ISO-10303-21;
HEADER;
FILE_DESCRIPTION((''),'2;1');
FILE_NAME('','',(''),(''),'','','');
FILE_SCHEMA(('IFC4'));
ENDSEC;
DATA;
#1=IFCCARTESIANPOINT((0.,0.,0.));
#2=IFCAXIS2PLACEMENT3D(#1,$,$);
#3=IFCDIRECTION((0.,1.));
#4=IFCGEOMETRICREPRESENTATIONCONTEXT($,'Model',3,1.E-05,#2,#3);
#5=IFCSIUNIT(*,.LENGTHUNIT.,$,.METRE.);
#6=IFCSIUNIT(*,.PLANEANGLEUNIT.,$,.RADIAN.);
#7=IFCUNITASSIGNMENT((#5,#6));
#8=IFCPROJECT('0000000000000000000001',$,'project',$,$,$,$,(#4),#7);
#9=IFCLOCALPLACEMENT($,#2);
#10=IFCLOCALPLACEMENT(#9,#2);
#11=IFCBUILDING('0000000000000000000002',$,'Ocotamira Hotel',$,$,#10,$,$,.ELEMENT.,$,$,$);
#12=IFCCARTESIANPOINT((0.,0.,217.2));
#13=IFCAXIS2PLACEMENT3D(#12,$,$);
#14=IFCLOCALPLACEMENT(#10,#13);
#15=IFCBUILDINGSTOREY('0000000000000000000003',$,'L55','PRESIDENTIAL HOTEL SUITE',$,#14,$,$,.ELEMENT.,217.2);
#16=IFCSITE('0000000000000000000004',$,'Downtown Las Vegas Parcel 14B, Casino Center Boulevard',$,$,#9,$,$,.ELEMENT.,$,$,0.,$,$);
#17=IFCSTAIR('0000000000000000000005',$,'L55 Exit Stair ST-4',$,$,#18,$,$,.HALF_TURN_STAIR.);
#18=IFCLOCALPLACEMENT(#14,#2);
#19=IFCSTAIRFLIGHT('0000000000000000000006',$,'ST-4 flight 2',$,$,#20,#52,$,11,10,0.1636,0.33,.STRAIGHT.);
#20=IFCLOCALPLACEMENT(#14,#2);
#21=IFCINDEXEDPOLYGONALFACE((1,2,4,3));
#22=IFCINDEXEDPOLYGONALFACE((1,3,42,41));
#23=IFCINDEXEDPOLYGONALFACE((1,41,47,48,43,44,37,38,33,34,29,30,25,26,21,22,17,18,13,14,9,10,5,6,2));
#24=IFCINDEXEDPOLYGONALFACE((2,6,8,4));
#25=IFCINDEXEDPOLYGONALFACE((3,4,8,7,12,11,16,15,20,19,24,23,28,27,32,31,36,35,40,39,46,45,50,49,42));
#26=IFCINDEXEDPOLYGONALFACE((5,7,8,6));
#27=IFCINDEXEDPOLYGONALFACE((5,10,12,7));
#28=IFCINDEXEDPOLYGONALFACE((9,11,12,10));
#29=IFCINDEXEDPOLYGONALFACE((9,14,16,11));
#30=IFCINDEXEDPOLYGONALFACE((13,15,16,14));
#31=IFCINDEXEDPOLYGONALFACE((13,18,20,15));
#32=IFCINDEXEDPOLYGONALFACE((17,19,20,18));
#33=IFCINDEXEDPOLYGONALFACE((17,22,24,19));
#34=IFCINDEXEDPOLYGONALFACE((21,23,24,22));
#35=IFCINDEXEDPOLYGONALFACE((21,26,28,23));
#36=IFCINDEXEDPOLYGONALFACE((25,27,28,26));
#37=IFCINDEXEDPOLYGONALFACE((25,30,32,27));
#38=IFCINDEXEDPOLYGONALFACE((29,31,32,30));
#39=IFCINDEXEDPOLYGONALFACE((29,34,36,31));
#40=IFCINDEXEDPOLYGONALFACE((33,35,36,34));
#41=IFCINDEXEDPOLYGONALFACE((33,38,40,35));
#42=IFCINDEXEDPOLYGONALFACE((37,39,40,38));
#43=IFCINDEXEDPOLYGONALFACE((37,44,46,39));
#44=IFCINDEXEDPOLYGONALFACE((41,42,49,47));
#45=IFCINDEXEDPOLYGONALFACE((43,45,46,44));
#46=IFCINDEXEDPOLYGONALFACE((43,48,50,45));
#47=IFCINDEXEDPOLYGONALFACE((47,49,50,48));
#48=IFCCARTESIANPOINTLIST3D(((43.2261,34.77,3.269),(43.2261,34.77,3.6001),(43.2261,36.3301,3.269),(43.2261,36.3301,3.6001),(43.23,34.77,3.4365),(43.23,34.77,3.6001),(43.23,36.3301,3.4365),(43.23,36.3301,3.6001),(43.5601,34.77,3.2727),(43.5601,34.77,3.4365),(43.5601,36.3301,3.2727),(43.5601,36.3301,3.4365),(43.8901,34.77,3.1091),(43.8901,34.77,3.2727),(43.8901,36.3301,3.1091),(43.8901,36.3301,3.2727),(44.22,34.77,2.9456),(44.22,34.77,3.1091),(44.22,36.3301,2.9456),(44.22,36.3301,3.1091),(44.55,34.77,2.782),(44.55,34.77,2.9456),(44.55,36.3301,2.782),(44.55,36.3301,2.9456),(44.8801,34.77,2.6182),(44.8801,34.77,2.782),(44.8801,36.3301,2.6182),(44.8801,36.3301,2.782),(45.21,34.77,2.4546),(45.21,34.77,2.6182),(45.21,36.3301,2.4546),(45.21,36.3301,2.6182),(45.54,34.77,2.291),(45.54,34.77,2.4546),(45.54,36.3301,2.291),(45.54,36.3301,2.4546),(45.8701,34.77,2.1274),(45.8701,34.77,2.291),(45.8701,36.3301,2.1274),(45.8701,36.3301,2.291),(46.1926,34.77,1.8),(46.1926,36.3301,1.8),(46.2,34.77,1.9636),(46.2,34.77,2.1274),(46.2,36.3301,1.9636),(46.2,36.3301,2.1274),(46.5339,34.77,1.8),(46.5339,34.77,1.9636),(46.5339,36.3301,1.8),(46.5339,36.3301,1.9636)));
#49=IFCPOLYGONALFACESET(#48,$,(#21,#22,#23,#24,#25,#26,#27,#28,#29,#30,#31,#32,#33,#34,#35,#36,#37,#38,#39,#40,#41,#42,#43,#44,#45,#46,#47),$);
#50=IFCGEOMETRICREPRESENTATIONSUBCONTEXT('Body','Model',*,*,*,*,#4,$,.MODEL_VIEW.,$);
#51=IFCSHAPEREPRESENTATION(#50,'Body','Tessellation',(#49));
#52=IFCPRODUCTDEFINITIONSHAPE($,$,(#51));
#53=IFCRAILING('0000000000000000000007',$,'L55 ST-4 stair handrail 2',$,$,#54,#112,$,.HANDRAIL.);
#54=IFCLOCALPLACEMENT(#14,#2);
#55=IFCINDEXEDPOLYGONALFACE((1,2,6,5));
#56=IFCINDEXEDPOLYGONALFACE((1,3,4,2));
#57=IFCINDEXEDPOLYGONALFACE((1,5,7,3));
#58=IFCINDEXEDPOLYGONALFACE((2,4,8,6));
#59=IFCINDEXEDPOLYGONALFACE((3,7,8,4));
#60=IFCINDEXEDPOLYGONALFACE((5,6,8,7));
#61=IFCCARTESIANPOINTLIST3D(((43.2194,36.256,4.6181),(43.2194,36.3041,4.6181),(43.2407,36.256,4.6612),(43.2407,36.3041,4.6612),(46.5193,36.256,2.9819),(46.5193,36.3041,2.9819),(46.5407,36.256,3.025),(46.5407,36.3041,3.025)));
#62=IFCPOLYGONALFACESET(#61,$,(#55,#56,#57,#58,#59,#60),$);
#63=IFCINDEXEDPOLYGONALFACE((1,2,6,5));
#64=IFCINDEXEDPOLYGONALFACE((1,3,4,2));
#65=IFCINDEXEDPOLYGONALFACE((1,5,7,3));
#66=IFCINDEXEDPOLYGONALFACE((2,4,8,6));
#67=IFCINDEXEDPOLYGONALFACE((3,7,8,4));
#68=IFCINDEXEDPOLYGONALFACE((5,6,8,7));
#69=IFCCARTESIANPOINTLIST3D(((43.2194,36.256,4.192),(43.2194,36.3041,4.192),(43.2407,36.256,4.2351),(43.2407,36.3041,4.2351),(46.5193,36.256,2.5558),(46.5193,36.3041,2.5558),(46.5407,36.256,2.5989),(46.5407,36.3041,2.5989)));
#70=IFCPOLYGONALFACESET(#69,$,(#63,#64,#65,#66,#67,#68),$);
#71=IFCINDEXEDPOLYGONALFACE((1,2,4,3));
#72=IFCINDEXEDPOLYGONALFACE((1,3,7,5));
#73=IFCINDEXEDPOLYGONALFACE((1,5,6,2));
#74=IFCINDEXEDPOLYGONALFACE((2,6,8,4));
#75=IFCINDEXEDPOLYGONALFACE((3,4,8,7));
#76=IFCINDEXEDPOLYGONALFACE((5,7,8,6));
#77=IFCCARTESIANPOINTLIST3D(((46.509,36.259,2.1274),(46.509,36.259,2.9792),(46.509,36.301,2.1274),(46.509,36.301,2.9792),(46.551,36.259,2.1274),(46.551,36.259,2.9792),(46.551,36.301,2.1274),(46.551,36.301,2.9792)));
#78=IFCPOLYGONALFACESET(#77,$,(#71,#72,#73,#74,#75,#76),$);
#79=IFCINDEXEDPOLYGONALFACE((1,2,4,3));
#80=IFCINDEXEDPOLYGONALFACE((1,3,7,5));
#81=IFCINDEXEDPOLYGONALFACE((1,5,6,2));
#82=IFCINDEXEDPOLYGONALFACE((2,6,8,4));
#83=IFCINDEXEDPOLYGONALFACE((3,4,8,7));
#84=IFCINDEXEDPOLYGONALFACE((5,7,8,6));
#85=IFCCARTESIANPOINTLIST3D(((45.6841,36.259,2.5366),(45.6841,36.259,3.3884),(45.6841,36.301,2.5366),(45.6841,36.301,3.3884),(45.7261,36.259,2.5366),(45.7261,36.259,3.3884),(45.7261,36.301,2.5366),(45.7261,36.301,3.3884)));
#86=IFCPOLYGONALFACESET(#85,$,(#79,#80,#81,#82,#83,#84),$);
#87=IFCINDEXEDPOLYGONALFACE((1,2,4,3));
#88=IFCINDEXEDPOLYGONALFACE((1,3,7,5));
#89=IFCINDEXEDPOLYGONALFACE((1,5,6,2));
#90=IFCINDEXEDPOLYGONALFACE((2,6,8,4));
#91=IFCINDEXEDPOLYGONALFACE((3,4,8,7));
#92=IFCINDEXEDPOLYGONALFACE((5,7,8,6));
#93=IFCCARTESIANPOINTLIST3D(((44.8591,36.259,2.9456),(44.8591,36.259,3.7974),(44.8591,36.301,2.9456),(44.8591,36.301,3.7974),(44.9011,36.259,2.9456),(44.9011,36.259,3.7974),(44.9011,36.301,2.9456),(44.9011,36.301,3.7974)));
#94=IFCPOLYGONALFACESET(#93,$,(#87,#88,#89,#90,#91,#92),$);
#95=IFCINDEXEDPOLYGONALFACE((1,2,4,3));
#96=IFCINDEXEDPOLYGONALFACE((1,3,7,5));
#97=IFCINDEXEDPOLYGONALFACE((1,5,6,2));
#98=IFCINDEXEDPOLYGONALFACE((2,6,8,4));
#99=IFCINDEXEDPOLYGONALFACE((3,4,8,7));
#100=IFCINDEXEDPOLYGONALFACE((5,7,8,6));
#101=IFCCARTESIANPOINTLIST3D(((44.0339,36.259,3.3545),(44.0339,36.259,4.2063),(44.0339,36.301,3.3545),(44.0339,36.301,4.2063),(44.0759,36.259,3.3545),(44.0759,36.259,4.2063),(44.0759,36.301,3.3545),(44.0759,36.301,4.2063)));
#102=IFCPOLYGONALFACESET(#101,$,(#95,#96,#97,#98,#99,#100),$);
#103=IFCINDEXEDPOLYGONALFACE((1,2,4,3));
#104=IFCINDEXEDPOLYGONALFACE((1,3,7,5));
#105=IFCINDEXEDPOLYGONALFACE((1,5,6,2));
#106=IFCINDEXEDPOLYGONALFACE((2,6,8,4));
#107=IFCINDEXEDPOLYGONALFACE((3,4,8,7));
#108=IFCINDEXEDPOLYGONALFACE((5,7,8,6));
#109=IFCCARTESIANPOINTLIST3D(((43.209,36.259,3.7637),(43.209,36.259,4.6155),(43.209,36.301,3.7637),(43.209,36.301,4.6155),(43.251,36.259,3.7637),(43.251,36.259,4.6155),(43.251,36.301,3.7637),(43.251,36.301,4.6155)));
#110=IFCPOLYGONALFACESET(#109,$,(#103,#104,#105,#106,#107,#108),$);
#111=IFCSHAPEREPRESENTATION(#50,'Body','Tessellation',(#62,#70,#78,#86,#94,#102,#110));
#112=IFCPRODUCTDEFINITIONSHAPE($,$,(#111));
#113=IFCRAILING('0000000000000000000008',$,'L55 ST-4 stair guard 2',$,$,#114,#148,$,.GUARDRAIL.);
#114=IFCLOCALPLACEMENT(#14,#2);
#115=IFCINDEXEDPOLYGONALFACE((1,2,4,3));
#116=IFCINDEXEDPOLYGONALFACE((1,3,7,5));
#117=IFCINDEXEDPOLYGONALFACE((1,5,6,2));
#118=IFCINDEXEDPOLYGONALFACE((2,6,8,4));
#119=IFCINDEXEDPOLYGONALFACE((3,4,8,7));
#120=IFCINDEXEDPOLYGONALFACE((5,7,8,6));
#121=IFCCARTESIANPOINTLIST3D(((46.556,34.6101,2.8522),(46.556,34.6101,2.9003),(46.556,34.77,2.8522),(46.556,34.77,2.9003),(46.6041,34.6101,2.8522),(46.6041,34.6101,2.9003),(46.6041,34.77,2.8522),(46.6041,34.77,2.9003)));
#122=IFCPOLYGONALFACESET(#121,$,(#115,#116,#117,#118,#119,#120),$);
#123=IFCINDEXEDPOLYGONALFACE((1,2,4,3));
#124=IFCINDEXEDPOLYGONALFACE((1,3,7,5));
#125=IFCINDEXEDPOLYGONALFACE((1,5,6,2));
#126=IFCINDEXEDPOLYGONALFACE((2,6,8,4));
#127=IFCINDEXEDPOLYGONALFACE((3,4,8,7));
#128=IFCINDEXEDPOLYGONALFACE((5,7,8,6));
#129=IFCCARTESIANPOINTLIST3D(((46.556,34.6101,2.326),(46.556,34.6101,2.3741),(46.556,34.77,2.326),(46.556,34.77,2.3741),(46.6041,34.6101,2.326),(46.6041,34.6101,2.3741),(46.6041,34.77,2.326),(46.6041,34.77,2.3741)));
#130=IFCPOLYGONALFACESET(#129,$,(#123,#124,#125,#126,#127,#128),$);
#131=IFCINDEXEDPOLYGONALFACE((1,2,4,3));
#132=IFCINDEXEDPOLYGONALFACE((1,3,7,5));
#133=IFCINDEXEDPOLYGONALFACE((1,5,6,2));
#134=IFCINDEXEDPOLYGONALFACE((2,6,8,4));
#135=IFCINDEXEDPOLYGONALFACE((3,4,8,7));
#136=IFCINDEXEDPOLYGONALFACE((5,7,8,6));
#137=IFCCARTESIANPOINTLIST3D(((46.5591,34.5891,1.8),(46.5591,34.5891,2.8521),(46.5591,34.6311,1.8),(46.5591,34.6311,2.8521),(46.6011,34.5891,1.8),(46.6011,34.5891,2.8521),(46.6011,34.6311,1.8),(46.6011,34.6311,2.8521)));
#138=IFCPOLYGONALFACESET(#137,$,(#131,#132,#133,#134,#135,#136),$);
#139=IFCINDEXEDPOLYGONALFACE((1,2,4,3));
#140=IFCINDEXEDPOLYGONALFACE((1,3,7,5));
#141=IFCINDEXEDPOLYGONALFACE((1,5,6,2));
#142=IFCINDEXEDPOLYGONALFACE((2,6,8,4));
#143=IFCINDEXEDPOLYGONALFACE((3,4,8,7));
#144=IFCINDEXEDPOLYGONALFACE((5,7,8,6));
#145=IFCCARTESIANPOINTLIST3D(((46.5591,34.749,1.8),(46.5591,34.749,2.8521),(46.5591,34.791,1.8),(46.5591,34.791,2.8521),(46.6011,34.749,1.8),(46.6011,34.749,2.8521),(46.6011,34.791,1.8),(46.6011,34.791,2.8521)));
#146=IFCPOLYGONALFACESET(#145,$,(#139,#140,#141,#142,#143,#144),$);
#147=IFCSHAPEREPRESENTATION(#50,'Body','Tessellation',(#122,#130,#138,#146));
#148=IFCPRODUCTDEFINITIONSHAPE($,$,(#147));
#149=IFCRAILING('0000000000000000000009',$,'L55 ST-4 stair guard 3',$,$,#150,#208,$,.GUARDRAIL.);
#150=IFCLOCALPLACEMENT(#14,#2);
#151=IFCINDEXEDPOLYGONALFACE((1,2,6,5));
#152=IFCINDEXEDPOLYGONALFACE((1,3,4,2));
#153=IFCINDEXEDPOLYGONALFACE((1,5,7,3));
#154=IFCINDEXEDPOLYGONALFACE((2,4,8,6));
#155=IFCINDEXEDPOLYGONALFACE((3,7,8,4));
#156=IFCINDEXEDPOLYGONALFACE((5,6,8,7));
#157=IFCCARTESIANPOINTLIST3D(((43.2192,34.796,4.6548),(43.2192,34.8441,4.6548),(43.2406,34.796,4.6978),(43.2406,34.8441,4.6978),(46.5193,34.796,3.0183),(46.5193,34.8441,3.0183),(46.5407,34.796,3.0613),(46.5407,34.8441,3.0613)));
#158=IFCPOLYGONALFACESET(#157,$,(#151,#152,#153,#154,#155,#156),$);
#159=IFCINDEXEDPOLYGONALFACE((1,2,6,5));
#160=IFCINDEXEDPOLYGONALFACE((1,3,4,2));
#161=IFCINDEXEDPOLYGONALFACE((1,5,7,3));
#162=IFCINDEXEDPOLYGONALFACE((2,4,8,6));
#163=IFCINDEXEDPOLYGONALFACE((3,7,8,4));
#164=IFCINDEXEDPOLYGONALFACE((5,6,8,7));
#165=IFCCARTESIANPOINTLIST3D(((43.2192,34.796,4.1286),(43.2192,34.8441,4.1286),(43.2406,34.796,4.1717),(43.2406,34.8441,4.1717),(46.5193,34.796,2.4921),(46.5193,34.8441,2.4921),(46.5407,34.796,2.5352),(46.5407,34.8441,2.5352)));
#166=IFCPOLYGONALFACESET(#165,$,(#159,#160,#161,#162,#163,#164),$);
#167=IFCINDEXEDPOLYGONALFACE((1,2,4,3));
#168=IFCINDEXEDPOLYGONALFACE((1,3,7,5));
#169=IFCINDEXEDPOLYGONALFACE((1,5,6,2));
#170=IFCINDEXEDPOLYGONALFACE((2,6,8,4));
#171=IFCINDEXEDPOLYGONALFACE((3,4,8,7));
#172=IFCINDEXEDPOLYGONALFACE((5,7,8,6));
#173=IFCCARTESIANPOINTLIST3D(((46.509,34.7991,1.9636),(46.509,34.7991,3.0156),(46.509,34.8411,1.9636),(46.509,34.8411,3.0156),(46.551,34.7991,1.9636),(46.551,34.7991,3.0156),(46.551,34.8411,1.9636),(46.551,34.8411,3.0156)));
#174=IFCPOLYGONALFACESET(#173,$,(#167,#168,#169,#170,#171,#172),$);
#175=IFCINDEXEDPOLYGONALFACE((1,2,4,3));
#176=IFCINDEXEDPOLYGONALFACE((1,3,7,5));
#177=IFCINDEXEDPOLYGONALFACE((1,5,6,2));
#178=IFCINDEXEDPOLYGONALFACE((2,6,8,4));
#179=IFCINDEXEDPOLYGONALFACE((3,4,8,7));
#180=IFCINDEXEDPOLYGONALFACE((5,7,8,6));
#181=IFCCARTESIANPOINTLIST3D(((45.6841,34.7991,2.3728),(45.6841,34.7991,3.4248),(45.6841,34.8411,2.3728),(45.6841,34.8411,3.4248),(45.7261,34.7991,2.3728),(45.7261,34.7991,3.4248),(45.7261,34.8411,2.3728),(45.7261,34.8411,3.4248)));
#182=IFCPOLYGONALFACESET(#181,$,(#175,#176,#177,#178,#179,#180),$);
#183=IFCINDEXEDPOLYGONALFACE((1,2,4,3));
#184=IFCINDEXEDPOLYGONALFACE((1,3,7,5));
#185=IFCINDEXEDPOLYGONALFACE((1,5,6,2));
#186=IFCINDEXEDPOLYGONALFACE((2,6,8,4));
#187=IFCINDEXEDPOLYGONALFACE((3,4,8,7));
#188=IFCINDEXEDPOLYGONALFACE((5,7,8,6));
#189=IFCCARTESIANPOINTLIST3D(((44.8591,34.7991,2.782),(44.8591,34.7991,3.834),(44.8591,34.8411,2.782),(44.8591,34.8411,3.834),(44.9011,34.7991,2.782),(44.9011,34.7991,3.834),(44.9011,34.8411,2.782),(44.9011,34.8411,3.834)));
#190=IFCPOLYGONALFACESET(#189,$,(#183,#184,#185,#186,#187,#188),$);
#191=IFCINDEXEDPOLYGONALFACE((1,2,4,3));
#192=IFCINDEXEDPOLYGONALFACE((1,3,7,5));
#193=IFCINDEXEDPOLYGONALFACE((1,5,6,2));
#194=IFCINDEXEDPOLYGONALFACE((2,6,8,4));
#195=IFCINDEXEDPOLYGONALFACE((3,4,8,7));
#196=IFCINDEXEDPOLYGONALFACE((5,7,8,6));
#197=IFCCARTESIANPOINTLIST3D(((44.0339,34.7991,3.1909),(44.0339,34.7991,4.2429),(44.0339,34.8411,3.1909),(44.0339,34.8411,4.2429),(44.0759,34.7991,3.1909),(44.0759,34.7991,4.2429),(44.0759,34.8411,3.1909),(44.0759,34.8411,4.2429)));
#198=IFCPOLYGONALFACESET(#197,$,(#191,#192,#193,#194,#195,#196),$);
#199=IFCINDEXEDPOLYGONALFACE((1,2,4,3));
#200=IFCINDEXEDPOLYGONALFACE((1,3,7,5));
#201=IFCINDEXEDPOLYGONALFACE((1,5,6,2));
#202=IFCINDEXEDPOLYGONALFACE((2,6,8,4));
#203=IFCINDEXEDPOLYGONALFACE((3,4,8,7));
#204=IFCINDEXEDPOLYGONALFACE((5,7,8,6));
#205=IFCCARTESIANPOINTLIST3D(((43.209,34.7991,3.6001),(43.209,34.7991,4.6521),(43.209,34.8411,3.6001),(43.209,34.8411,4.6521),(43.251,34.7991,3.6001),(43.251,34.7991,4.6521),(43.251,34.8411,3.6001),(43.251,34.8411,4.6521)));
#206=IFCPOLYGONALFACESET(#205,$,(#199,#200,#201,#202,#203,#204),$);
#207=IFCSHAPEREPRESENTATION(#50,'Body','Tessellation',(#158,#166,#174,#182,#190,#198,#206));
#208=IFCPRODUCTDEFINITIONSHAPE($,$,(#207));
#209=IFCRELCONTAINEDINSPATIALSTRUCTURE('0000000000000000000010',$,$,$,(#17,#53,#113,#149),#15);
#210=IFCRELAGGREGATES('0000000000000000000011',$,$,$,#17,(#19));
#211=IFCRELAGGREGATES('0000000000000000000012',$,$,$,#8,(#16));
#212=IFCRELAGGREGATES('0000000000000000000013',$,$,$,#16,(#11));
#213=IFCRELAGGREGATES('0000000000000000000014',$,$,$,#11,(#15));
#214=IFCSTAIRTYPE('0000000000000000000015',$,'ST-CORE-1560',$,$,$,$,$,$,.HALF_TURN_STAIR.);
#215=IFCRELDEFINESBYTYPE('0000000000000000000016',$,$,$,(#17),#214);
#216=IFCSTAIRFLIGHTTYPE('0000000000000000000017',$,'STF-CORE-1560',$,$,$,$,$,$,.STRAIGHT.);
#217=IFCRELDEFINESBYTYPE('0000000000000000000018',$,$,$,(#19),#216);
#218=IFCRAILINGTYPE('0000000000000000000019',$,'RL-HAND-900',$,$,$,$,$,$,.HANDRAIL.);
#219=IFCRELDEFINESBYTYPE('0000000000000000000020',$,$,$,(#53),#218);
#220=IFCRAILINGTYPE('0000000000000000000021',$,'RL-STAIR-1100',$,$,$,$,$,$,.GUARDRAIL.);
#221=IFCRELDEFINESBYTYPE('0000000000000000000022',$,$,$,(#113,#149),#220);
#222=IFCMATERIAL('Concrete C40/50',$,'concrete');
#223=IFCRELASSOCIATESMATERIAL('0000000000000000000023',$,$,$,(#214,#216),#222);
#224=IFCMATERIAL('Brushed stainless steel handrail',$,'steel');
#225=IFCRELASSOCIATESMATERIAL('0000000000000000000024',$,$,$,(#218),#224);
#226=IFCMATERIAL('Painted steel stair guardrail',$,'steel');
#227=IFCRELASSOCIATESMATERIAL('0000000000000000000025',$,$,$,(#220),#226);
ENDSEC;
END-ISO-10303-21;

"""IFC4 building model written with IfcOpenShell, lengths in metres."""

from ifc_helpers import new_model, si_unit, direction, frame, origin, origin_2d, place, context, subcontext, project, spatial, polyline, rectangle, outline, extrude, source, transform, mapped, material, type_object, element, aggregate, save


model = new_model("IFC4")

# Units and contexts
model_context = context("Model", 3, precision=1e-05, world=origin(), true_north=direction((0.0, 1.0)))
body_context = subcontext(model_context, "Body", "Model", "MODEL_VIEW")
ifc_project = project(units=[si_unit("LENGTHUNIT", "METRE"), si_unit("PLANEANGLEUNIT", "RADIAN")], contexts=[model_context])

# Site, building, storey
site_placement = place(None, origin())
site = spatial("IfcSite", under=ifc_project, at=site_placement, Name="Downtown Las Vegas Parcel 14B, Casino Center Boulevard", CompositionType="ELEMENT", RefElevation=0.0)
building_placement = place(site_placement, origin())
building = spatial("IfcBuilding", under=site, at=building_placement, Name="Ocotamira Hotel", CompositionType="ELEMENT")
storey_placement = place(building_placement, frame((0.0, 0.0, 217.2)))
storey = spatial("IfcBuildingStorey", under=building, at=storey_placement, Name="L55", Description="PRESIDENTIAL HOTEL SUITE", CompositionType="ELEMENT", Elevation=217.2)

# Stair, stair flight
ifc_material_1 = material(Name="Concrete C40/50", Category="concrete")
stair_type = type_object("IfcStairType", Name="ST-CORE-1560", PredefinedType="HALF_TURN_STAIR", material=ifc_material_1)
stair_placement = place(storey_placement, origin())
stair = element("IfcStair", 1, at=stair_placement, inside=storey, type_object=stair_type, Name="L55 Exit Stair ST-4", PredefinedType="HALF_TURN_STAIR")
stair_flight_type = type_object("IfcStairFlightType", Name="STF-CORE-1560", PredefinedType="STRAIGHT", material=ifc_material_1)
shared_shape_1 = source(origin(), body_context, "Body", "SweptSolid", [
    extrude(outline(polyline([(-0.0039, 0.0), (-0.0039, 0.1636), (0.3301, 0.1636), (0.3301, 0.3274), (0.6599, 0.3274), (0.6599, 0.491), (0.99, 0.491), (0.99, 0.6545), (1.3201, 0.6545), (1.3201, 0.8181), (1.6499, 0.8181), (1.6499, 0.9819), (1.98, 0.9819), (1.98, 1.1455), (2.3101, 1.1455), (2.3101, 1.3091), (2.6399, 1.3091), (2.6399, 1.4727), (2.97, 1.4727), (2.97, 1.6365), (3.3, 1.6365), (3.3, 1.8), (3.304, 1.8), (3.304, 1.469), (0.3374, 0.0), (-0.0039, 0.0)])), frame((0.0, 0.78, 0.0), z_axis=(0.0, -1.0, 0.0), x_axis=(1.0, 0.0, 0.0)), (0.0, 0.0, 1.0), 1.5601),
])
stair_flight_placement = place(storey_placement, frame((46.53, 35.55, 1.8), z_axis=(0.0, 0.0, 1.0), x_axis=(-1.0, 0.0, 0.0)))
stair_flight = element("IfcStairFlight", 2, at=stair_flight_placement, type_object=stair_flight_type, Name="ST-4 flight 2", NumberOfRisers=11, NumberOfTreads=10, PredefinedType="STRAIGHT", RiserHeight=0.1636, TreadLength=0.33, context=body_context, shape_type="MappedRepresentation", body=[
    mapped(shared_shape_1, transform((0.0, 0.0, 0.0), scale=1.0)),
])
aggregate(stair, [stair_flight])

# Railings
ifc_material_2 = material(Name="Brushed stainless steel handrail", Category="steel")
railing_type_1 = type_object("IfcRailingType", Name="RL-HAND-900", PredefinedType="HANDRAIL", material=ifc_material_2)
railing_1_placement = place(storey_placement, frame((46.53, 36.28, 2.1274)))
element("IfcRailing", 3, at=railing_1_placement, inside=storey, type_object=railing_type_1, Name="L55 ST-4 stair handrail 2", PredefinedType="HANDRAIL", context=body_context, shape_type="SweptSolid", body=[
    extrude(rectangle(XDim=0.0481, YDim=0.0481, at=origin_2d()), frame((0.0, 0.0, 0.876), z_axis=(-0.89592, 0.0, 0.444215), x_axis=(0.0, -1.0, 0.0)), (0.0, 0.0, 1.0), 3.6833),
    extrude(rectangle(XDim=0.0481, YDim=0.0481, at=origin_2d()), frame((0.0, 0.0, 0.45), z_axis=(-0.89592, 0.0, 0.444215), x_axis=(0.0, -1.0, 0.0)), (0.0, 0.0, 1.0), 3.6833),
    extrude(rectangle(XDim=0.042, YDim=0.042, at=origin_2d()), origin(), (0.0, 0.0, 1.0), 0.8518),
    extrude(rectangle(XDim=0.042, YDim=0.042, at=origin_2d()), frame((-0.825, 0.0, 0.4092)), (0.0, 0.0, 1.0), 0.8518),
    extrude(rectangle(XDim=0.042, YDim=0.042, at=origin_2d()), frame((-1.6499, 0.0, 0.8181)), (0.0, 0.0, 1.0), 0.8518),
    extrude(rectangle(XDim=0.042, YDim=0.042, at=origin_2d()), frame((-2.4751, 0.0, 1.2271)), (0.0, 0.0, 1.0), 0.8518),
    extrude(rectangle(XDim=0.042, YDim=0.042, at=origin_2d()), frame((-3.3, 0.0, 1.6362)), (0.0, 0.0, 1.0), 0.8518),
])
ifc_material_3 = material(Name="Painted steel stair guardrail", Category="steel")
railing_type_2 = type_object("IfcRailingType", Name="RL-STAIR-1100", PredefinedType="GUARDRAIL", material=ifc_material_3)
railing_2_placement = place(storey_placement, frame((46.5801, 34.6101, 1.8)))
element("IfcRailing", 4, at=railing_2_placement, inside=storey, type_object=railing_type_2, Name="L55 ST-4 stair guard 2", PredefinedType="GUARDRAIL", context=body_context, shape_type="SweptSolid", body=[
    extrude(rectangle(XDim=0.0481, YDim=0.0481, at=origin_2d()), frame((0.0, 0.0, 1.0762), z_axis=(0.0, 1.0, 0.0), x_axis=(-1.0, 0.0, 0.0)), (0.0, 0.0, 1.0), 0.1599),
    extrude(rectangle(XDim=0.0481, YDim=0.0481, at=origin_2d()), frame((0.0, 0.0, 0.55), z_axis=(0.0, 1.0, 0.0), x_axis=(-1.0, 0.0, 0.0)), (0.0, 0.0, 1.0), 0.1599),
    extrude(rectangle(XDim=0.042, YDim=0.042, at=origin_2d()), origin(), (0.0, 0.0, 1.0), 1.052),
    extrude(rectangle(XDim=0.042, YDim=0.042, at=origin_2d()), frame((0.0, 0.1599, 0.0)), (0.0, 0.0, 1.0), 1.052),
])
railing_3_placement = place(storey_placement, frame((46.53, 34.8201, 1.9636)))
element("IfcRailing", 5, at=railing_3_placement, inside=storey, type_object=railing_type_2, Name="L55 ST-4 stair guard 3", PredefinedType="GUARDRAIL", context=body_context, shape_type="SweptSolid", body=[
    extrude(rectangle(XDim=0.0481, YDim=0.0481, at=origin_2d()), frame((0.0, 0.0, 1.0762), z_axis=(-0.895894, 0.0, 0.444268), x_axis=(0.0, -1.0, 0.0)), (0.0, 0.0, 1.0), 3.6836),
    extrude(rectangle(XDim=0.0481, YDim=0.0481, at=origin_2d()), frame((0.0, 0.0, 0.55), z_axis=(-0.895894, 0.0, 0.444268), x_axis=(0.0, -1.0, 0.0)), (0.0, 0.0, 1.0), 3.6836),
    extrude(rectangle(XDim=0.042, YDim=0.042, at=origin_2d()), origin(), (0.0, 0.0, 1.0), 1.052),
    extrude(rectangle(XDim=0.042, YDim=0.042, at=origin_2d()), frame((-0.825, 0.0, 0.4092)), (0.0, 0.0, 1.0), 1.052),
    extrude(rectangle(XDim=0.042, YDim=0.042, at=origin_2d()), frame((-1.6499, 0.0, 0.8184)), (0.0, 0.0, 1.0), 1.052),
    extrude(rectangle(XDim=0.042, YDim=0.042, at=origin_2d()), frame((-2.4751, 0.0, 1.2273)), (0.0, 0.0, 1.0), 1.052),
    extrude(rectangle(XDim=0.042, YDim=0.042, at=origin_2d()), frame((-3.3, 0.0, 1.6365)), (0.0, 0.0, 1.0), 1.052),
])

save(model, "model.ifc")
